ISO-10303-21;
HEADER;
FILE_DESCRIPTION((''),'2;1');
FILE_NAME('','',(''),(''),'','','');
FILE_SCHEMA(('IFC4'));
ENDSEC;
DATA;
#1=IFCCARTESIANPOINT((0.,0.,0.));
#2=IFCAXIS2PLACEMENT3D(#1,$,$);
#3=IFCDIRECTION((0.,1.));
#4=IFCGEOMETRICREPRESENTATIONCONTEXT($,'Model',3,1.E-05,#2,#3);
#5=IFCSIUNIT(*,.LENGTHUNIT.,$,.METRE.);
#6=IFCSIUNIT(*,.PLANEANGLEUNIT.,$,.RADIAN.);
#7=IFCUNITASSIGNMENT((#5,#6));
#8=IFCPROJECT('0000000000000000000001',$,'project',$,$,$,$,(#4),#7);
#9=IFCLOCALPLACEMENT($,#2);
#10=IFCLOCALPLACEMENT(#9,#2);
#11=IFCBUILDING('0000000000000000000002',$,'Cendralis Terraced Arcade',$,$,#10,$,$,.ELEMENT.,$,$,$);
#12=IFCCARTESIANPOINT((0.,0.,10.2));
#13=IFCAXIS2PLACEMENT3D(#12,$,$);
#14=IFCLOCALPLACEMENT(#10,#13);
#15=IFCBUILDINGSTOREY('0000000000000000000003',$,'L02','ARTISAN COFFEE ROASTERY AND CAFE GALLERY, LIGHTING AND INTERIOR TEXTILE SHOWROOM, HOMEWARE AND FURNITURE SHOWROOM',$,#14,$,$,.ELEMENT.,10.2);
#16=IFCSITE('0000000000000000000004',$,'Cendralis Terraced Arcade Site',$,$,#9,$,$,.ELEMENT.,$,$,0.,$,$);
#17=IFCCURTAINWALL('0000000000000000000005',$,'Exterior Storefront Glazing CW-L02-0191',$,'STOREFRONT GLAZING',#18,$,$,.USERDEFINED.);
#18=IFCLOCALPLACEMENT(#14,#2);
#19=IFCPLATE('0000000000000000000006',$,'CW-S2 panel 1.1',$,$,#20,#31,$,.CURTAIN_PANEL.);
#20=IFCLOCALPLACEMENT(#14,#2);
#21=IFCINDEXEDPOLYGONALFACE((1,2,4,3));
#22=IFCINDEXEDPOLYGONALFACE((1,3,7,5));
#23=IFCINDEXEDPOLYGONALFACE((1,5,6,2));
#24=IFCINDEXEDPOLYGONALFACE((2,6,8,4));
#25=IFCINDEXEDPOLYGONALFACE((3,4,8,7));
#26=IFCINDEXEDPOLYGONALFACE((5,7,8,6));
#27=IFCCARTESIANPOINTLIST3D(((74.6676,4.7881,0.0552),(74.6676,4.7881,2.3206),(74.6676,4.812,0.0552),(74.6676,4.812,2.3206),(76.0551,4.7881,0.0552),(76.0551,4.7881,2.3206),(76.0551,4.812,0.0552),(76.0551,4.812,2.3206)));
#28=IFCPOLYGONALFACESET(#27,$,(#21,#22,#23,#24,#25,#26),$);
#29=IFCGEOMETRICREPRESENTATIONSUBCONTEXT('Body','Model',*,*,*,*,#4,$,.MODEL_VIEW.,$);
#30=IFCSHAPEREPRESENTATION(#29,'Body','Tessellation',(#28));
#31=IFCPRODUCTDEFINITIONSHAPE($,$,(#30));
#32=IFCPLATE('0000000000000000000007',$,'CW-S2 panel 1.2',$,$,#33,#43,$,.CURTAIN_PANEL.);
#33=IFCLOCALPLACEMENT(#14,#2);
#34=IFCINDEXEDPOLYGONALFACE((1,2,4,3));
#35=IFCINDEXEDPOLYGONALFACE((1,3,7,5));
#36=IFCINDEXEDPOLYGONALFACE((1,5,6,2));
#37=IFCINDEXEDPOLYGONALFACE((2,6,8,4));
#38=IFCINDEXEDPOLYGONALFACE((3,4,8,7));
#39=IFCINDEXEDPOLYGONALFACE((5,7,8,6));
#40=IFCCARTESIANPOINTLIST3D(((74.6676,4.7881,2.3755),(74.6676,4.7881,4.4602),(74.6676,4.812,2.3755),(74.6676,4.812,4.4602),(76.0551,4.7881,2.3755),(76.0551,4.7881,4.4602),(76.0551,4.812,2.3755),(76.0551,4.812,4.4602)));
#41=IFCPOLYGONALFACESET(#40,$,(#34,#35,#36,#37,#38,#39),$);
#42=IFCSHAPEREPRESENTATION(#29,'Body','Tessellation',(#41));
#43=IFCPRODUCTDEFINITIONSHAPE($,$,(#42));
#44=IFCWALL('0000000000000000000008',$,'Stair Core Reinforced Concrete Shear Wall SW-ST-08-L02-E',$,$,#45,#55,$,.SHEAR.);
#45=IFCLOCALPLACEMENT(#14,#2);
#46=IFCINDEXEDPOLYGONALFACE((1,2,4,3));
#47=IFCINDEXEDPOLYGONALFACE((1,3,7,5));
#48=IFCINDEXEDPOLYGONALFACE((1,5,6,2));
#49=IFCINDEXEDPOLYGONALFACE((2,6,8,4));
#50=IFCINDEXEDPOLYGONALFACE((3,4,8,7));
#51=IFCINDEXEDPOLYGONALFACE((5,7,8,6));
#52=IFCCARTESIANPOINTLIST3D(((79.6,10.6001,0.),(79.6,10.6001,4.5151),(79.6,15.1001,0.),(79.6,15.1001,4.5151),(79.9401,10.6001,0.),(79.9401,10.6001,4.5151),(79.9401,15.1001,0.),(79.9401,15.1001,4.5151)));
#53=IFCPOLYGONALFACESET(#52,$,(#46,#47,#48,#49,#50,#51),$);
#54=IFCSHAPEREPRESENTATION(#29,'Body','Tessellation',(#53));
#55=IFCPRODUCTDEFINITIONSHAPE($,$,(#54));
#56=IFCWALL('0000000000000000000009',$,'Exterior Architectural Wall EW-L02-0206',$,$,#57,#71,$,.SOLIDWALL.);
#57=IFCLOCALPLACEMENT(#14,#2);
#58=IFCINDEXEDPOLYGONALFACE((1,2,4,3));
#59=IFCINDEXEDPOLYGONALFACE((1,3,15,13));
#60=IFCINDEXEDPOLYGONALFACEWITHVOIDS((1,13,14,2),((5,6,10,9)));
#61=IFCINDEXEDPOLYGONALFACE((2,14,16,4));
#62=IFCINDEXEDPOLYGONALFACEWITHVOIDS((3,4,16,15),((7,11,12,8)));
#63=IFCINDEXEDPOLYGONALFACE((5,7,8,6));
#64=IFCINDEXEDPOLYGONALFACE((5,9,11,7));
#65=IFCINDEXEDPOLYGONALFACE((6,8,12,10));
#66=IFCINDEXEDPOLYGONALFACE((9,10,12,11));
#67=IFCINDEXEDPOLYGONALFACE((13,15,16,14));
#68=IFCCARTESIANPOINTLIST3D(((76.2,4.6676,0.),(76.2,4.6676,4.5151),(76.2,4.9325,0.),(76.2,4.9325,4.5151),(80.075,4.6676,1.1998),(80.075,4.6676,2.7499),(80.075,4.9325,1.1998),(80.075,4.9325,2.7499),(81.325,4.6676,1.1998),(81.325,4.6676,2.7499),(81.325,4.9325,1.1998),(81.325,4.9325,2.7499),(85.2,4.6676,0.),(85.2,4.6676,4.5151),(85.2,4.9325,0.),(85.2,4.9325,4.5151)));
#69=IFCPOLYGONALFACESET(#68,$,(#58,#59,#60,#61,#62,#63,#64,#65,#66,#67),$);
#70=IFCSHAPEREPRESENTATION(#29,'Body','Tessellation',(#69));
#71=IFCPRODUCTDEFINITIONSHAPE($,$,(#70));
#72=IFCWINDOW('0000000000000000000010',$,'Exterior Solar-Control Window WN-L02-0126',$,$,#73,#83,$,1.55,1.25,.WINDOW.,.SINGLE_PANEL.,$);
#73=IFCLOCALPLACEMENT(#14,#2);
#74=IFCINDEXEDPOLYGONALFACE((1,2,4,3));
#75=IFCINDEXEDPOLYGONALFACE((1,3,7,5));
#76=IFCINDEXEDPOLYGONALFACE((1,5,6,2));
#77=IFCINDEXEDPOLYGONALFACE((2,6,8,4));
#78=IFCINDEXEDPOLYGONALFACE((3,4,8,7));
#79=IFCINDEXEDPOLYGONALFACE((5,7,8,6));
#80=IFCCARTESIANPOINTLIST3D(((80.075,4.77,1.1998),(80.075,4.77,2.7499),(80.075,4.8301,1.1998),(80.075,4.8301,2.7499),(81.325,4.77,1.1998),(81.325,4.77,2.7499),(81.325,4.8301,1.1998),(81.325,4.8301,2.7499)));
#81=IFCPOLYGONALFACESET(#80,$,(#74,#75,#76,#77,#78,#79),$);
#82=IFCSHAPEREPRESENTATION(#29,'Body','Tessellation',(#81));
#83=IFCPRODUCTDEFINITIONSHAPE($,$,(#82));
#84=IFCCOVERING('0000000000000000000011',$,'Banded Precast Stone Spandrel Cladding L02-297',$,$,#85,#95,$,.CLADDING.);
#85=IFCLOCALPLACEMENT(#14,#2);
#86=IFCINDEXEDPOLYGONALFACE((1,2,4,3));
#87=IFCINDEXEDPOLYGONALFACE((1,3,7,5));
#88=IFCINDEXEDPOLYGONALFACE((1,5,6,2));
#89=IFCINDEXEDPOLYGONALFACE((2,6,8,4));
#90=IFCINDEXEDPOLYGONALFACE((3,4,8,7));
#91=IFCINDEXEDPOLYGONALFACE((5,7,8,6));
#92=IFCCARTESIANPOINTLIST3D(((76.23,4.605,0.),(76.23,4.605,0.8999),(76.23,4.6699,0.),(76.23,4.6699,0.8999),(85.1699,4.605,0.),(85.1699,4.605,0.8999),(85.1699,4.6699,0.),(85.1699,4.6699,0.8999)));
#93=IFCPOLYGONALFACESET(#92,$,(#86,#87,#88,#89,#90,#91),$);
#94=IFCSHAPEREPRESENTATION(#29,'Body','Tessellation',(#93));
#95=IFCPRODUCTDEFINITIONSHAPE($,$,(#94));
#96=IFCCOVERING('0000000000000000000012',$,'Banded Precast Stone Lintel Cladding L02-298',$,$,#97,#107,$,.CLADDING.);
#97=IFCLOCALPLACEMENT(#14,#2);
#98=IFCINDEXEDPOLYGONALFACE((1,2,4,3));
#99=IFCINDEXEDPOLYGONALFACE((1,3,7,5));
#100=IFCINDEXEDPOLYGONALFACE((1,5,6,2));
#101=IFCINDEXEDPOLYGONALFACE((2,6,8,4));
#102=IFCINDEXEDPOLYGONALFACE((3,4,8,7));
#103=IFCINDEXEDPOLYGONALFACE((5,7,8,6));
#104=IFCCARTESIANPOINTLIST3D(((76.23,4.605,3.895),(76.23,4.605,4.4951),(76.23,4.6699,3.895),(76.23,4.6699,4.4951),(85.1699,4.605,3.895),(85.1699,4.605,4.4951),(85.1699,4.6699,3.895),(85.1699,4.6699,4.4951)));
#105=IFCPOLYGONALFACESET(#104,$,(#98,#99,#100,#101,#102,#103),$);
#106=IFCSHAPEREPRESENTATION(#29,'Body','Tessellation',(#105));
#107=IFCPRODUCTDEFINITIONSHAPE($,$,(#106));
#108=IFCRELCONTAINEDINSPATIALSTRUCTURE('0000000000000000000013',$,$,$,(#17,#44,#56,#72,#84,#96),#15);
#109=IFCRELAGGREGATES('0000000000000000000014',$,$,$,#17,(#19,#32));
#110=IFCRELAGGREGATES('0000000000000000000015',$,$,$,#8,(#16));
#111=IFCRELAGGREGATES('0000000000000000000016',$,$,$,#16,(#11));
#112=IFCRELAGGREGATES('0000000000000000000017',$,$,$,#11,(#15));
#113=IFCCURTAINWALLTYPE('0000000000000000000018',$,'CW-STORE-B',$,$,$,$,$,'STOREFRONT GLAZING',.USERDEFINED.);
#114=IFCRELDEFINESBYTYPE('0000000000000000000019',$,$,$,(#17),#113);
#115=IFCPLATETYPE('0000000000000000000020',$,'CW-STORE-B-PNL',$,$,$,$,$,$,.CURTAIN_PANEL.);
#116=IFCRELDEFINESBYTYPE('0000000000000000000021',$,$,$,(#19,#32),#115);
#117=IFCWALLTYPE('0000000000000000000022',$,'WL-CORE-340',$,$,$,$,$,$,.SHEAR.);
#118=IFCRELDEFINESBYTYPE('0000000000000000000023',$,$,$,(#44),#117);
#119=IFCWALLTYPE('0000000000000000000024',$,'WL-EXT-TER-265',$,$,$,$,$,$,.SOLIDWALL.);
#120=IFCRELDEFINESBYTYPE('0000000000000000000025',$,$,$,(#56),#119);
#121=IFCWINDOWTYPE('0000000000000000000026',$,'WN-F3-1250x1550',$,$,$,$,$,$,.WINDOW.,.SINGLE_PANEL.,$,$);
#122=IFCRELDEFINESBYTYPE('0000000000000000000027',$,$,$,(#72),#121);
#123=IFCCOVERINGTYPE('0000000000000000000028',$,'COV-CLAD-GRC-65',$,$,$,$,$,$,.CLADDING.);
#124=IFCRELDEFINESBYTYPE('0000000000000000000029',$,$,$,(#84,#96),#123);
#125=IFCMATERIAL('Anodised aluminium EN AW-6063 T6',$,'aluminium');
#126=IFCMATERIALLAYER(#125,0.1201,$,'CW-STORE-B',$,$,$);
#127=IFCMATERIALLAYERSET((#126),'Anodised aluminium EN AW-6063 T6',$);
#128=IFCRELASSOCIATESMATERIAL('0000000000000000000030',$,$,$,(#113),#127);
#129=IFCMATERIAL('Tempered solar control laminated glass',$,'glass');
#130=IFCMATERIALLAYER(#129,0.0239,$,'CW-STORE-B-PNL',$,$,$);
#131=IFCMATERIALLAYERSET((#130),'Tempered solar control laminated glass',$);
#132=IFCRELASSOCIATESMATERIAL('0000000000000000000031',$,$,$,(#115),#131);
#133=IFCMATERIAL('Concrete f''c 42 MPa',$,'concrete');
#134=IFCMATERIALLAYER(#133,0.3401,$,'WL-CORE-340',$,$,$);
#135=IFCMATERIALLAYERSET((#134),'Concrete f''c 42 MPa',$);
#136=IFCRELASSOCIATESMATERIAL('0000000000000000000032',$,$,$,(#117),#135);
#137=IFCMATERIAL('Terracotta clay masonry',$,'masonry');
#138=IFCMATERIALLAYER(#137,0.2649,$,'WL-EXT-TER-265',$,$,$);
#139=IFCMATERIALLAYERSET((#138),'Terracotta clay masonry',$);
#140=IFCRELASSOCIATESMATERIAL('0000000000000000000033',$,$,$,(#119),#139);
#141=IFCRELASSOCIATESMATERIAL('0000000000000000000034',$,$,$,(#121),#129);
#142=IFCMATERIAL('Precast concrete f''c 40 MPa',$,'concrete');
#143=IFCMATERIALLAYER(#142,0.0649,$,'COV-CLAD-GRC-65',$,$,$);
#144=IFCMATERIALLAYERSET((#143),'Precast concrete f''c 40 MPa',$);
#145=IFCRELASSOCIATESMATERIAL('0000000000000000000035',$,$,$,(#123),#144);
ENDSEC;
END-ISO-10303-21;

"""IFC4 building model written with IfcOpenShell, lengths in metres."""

from ifc_helpers import new_model, si_unit, direction, frame, frame_2d, origin, origin_2d, place, context, subcontext, project, spatial, rectangle, extrude, material, layer, layer_set, type_object, element, fill, aggregate, save


model = new_model("IFC4")

# Units and contexts
model_context = context("Model", 3, precision=1e-05, world=origin(), true_north=direction((0.0, 1.0)))
body_context = subcontext(model_context, "Body", "Model", "MODEL_VIEW")
ifc_project = project(units=[si_unit("LENGTHUNIT", "METRE"), si_unit("PLANEANGLEUNIT", "RADIAN")], contexts=[model_context])

# Site, building, storey
site_placement = place(None, origin())
site = spatial("IfcSite", under=ifc_project, at=site_placement, Name="Cendralis Terraced Arcade Site", CompositionType="ELEMENT", RefElevation=0.0)
building_placement = place(site_placement, origin())
building = spatial("IfcBuilding", under=site, at=building_placement, Name="Cendralis Terraced Arcade", CompositionType="ELEMENT")
storey_placement = place(building_placement, frame((0.0, 0.0, 10.2)))
storey = spatial("IfcBuildingStorey", under=building, at=storey_placement, Name="L02", Description="ARTISAN COFFEE ROASTERY AND CAFE GALLERY, LIGHTING AND INTERIOR TEXTILE SHOWROOM, HOMEWARE AND FURNITURE SHOWROOM", CompositionType="ELEMENT", Elevation=10.2)

# Shared definitions
ifc_material_1 = material(Name="Concrete f'c 42 MPa", Category="concrete")

# Shared definitions
ifc_material_2 = material(Name="Anodised aluminium EN AW-6063 T6", Category="aluminium")
ifc_layer_1 = layer(ifc_material_2, 0.1201, Name="CW-STORE-B")
ifc_layer_set_1 = layer_set([ifc_layer_1], Name="Anodised aluminium EN AW-6063 T6")
curtain_wall_type = type_object("IfcCurtainWallType", Name="CW-STORE-B", ElementType="STOREFRONT GLAZING", PredefinedType="USERDEFINED", material=ifc_layer_set_1)

# Curtain wall, plates
curtain_wall_1_placement = place(storey_placement, origin())
curtain_wall_1 = element("IfcCurtainWall", 1, at=curtain_wall_1_placement, inside=storey, type_object=curtain_wall_type, Name="Exterior Storefront Glazing CW-L02-0191", ObjectType="STOREFRONT GLAZING", PredefinedType="USERDEFINED")
ifc_material_3 = material(Name="Tempered solar control laminated glass", Category="glass")
ifc_layer_2 = layer(ifc_material_3, 0.0239, Name="CW-STORE-B-PNL")
ifc_layer_set_2 = layer_set([ifc_layer_2], Name="Tempered solar control laminated glass")
plate_type = type_object("IfcPlateType", Name="CW-STORE-B-PNL", PredefinedType="CURTAIN_PANEL", material=ifc_layer_set_2)
plate_1_placement = place(storey_placement, frame((75.3613, 4.8, 0.0552), z_axis=(0.0, 0.0, 1.0), x_axis=(-1.0, 0.0, 0.0)))
plate_1 = element("IfcPlate", 2, at=plate_1_placement, type_object=plate_type, Name="CW-S2 panel 1.1", PredefinedType="CURTAIN_PANEL", context=body_context, shape_type="SweptSolid", body=[
    extrude(rectangle(XDim=1.3875, YDim=0.0239, at=origin_2d()), origin(), (0.0, 0.0, 1.0), 2.2654),
])
plate_2_placement = place(storey_placement, frame((75.3613, 4.8, 2.3755), z_axis=(0.0, 0.0, 1.0), x_axis=(-1.0, 0.0, 0.0)))
plate_2 = element("IfcPlate", 3, at=plate_2_placement, type_object=plate_type, Name="CW-S2 panel 1.2", PredefinedType="CURTAIN_PANEL", context=body_context, shape_type="SweptSolid", body=[
    extrude(rectangle(XDim=1.3875, YDim=0.0239, at=origin_2d()), origin(), (0.0, 0.0, 1.0), 2.0847),
])
aggregate(curtain_wall_1, [plate_1, plate_2])

# Wall
ifc_layer_3 = layer(ifc_material_1, 0.3401, Name="WL-CORE-340")
ifc_layer_set_3 = layer_set([ifc_layer_3], Name="Concrete f'c 42 MPa")
wall_type_1 = type_object("IfcWallType", Name="WL-CORE-340", PredefinedType="SHEAR", material=ifc_layer_set_3)
wall_1_placement = place(storey_placement, frame((79.77, 10.6001, 0.0), z_axis=(0.0, 0.0, 1.0), x_axis=(0.0, 1.0, 0.0)))
element("IfcWall", 4, at=wall_1_placement, inside=storey, type_object=wall_type_1, Name="Stair Core Reinforced Concrete Shear Wall SW-ST-08-L02-E", PredefinedType="SHEAR", context=body_context, shape_type="SweptSolid", body=[
    extrude(rectangle(XDim=4.5, YDim=0.3401, at=frame_2d((2.25, 0.0))), origin(), (0.0, 0.0, 1.0), 4.5151),
])

# Wall, opening, window
ifc_material_4 = material(Name="Terracotta clay masonry", Category="masonry")
ifc_layer_4 = layer(ifc_material_4, 0.2649, Name="WL-EXT-TER-265")
ifc_layer_set_4 = layer_set([ifc_layer_4], Name="Terracotta clay masonry")
wall_type_2 = type_object("IfcWallType", Name="WL-EXT-TER-265", PredefinedType="SOLIDWALL", material=ifc_layer_set_4)
wall_2_placement = place(storey_placement, frame((85.2, 4.8, 0.0), z_axis=(0.0, 0.0, 1.0), x_axis=(-1.0, 0.0, 0.0)))
wall_2 = element("IfcWall", 5, at=wall_2_placement, inside=storey, type_object=wall_type_2, Name="Exterior Architectural Wall EW-L02-0206", PredefinedType="SOLIDWALL", context=body_context, shape_type="SweptSolid", body=[
    extrude(rectangle(XDim=9.0, YDim=0.2649, at=frame_2d((4.5, 0.0))), origin(), (0.0, 0.0, 1.0), 4.5151),
])
opening_placement = place(wall_2_placement, frame((3.875, 0.0, 1.2)))
opening = element("IfcOpeningElement", 6, at=opening_placement, cuts=wall_2, PredefinedType="OPENING", context=body_context, shape_type="SweptSolid", body=[
    extrude(rectangle(XDim=1.25, YDim=1.55, at=frame_2d((0.625, 0.7749))), frame((0.0, 0.1445, 0.0), z_axis=(0.0, -1.0, 0.0), x_axis=(1.0, 0.0, 0.0)), (0.0, 0.0, 1.0), 0.2888),
])
window_type = type_object("IfcWindowType", Name="WN-F3-1250x1550", PartitioningType="SINGLE_PANEL", PredefinedType="WINDOW", material=ifc_material_3)
window_placement = place(opening_placement, origin())
window = element("IfcWindow", 7, at=window_placement, inside=storey, type_object=window_type, Name="Exterior Solar-Control Window WN-L02-0126", OverallHeight=1.55, OverallWidth=1.25, PartitioningType="SINGLE_PANEL", PredefinedType="WINDOW", context=body_context, shape_type="SweptSolid", body=[
    extrude(rectangle(XDim=1.25, YDim=1.55, at=frame_2d((0.625, 0.7749))), frame((0.0, 0.03, 0.0), z_axis=(0.0, -1.0, 0.0), x_axis=(1.0, 0.0, 0.0)), (0.0, 0.0, 1.0), 0.0601),
])
fill(opening, window)

# Coverings
ifc_material_5 = material(Name="Precast concrete f'c 40 MPa", Category="concrete")
ifc_layer_5 = layer(ifc_material_5, 0.0649, Name="COV-CLAD-GRC-65")
ifc_layer_set_5 = layer_set([ifc_layer_5], Name="Precast concrete f'c 40 MPa")
covering_type = type_object("IfcCoveringType", Name="COV-CLAD-GRC-65", PredefinedType="CLADDING", material=ifc_layer_set_5)
covering_1_placement = place(storey_placement, frame((80.7, 4.6375, 0.0), z_axis=(0.0, 0.0, 1.0), x_axis=(-1.0, 0.0, 0.0)))
element("IfcCovering", 8, at=covering_1_placement, inside=storey, type_object=covering_type, Name="Banded Precast Stone Spandrel Cladding L02-297", PredefinedType="CLADDING", context=body_context, shape_type="SweptSolid", body=[
    extrude(rectangle(XDim=8.9399, YDim=0.0649, at=origin_2d()), origin(), (0.0, 0.0, 1.0), 0.8999),
])
covering_2_placement = place(storey_placement, frame((80.7, 4.6375, 3.895), z_axis=(0.0, 0.0, 1.0), x_axis=(-1.0, 0.0, 0.0)))
element("IfcCovering", 9, at=covering_2_placement, inside=storey, type_object=covering_type, Name="Banded Precast Stone Lintel Cladding L02-298", PredefinedType="CLADDING", context=body_context, shape_type="SweptSolid", body=[
    extrude(rectangle(XDim=8.9399, YDim=0.0649, at=origin_2d()), origin(), (0.0, 0.0, 1.0), 0.6001),
])

save(model, "model.ifc")
